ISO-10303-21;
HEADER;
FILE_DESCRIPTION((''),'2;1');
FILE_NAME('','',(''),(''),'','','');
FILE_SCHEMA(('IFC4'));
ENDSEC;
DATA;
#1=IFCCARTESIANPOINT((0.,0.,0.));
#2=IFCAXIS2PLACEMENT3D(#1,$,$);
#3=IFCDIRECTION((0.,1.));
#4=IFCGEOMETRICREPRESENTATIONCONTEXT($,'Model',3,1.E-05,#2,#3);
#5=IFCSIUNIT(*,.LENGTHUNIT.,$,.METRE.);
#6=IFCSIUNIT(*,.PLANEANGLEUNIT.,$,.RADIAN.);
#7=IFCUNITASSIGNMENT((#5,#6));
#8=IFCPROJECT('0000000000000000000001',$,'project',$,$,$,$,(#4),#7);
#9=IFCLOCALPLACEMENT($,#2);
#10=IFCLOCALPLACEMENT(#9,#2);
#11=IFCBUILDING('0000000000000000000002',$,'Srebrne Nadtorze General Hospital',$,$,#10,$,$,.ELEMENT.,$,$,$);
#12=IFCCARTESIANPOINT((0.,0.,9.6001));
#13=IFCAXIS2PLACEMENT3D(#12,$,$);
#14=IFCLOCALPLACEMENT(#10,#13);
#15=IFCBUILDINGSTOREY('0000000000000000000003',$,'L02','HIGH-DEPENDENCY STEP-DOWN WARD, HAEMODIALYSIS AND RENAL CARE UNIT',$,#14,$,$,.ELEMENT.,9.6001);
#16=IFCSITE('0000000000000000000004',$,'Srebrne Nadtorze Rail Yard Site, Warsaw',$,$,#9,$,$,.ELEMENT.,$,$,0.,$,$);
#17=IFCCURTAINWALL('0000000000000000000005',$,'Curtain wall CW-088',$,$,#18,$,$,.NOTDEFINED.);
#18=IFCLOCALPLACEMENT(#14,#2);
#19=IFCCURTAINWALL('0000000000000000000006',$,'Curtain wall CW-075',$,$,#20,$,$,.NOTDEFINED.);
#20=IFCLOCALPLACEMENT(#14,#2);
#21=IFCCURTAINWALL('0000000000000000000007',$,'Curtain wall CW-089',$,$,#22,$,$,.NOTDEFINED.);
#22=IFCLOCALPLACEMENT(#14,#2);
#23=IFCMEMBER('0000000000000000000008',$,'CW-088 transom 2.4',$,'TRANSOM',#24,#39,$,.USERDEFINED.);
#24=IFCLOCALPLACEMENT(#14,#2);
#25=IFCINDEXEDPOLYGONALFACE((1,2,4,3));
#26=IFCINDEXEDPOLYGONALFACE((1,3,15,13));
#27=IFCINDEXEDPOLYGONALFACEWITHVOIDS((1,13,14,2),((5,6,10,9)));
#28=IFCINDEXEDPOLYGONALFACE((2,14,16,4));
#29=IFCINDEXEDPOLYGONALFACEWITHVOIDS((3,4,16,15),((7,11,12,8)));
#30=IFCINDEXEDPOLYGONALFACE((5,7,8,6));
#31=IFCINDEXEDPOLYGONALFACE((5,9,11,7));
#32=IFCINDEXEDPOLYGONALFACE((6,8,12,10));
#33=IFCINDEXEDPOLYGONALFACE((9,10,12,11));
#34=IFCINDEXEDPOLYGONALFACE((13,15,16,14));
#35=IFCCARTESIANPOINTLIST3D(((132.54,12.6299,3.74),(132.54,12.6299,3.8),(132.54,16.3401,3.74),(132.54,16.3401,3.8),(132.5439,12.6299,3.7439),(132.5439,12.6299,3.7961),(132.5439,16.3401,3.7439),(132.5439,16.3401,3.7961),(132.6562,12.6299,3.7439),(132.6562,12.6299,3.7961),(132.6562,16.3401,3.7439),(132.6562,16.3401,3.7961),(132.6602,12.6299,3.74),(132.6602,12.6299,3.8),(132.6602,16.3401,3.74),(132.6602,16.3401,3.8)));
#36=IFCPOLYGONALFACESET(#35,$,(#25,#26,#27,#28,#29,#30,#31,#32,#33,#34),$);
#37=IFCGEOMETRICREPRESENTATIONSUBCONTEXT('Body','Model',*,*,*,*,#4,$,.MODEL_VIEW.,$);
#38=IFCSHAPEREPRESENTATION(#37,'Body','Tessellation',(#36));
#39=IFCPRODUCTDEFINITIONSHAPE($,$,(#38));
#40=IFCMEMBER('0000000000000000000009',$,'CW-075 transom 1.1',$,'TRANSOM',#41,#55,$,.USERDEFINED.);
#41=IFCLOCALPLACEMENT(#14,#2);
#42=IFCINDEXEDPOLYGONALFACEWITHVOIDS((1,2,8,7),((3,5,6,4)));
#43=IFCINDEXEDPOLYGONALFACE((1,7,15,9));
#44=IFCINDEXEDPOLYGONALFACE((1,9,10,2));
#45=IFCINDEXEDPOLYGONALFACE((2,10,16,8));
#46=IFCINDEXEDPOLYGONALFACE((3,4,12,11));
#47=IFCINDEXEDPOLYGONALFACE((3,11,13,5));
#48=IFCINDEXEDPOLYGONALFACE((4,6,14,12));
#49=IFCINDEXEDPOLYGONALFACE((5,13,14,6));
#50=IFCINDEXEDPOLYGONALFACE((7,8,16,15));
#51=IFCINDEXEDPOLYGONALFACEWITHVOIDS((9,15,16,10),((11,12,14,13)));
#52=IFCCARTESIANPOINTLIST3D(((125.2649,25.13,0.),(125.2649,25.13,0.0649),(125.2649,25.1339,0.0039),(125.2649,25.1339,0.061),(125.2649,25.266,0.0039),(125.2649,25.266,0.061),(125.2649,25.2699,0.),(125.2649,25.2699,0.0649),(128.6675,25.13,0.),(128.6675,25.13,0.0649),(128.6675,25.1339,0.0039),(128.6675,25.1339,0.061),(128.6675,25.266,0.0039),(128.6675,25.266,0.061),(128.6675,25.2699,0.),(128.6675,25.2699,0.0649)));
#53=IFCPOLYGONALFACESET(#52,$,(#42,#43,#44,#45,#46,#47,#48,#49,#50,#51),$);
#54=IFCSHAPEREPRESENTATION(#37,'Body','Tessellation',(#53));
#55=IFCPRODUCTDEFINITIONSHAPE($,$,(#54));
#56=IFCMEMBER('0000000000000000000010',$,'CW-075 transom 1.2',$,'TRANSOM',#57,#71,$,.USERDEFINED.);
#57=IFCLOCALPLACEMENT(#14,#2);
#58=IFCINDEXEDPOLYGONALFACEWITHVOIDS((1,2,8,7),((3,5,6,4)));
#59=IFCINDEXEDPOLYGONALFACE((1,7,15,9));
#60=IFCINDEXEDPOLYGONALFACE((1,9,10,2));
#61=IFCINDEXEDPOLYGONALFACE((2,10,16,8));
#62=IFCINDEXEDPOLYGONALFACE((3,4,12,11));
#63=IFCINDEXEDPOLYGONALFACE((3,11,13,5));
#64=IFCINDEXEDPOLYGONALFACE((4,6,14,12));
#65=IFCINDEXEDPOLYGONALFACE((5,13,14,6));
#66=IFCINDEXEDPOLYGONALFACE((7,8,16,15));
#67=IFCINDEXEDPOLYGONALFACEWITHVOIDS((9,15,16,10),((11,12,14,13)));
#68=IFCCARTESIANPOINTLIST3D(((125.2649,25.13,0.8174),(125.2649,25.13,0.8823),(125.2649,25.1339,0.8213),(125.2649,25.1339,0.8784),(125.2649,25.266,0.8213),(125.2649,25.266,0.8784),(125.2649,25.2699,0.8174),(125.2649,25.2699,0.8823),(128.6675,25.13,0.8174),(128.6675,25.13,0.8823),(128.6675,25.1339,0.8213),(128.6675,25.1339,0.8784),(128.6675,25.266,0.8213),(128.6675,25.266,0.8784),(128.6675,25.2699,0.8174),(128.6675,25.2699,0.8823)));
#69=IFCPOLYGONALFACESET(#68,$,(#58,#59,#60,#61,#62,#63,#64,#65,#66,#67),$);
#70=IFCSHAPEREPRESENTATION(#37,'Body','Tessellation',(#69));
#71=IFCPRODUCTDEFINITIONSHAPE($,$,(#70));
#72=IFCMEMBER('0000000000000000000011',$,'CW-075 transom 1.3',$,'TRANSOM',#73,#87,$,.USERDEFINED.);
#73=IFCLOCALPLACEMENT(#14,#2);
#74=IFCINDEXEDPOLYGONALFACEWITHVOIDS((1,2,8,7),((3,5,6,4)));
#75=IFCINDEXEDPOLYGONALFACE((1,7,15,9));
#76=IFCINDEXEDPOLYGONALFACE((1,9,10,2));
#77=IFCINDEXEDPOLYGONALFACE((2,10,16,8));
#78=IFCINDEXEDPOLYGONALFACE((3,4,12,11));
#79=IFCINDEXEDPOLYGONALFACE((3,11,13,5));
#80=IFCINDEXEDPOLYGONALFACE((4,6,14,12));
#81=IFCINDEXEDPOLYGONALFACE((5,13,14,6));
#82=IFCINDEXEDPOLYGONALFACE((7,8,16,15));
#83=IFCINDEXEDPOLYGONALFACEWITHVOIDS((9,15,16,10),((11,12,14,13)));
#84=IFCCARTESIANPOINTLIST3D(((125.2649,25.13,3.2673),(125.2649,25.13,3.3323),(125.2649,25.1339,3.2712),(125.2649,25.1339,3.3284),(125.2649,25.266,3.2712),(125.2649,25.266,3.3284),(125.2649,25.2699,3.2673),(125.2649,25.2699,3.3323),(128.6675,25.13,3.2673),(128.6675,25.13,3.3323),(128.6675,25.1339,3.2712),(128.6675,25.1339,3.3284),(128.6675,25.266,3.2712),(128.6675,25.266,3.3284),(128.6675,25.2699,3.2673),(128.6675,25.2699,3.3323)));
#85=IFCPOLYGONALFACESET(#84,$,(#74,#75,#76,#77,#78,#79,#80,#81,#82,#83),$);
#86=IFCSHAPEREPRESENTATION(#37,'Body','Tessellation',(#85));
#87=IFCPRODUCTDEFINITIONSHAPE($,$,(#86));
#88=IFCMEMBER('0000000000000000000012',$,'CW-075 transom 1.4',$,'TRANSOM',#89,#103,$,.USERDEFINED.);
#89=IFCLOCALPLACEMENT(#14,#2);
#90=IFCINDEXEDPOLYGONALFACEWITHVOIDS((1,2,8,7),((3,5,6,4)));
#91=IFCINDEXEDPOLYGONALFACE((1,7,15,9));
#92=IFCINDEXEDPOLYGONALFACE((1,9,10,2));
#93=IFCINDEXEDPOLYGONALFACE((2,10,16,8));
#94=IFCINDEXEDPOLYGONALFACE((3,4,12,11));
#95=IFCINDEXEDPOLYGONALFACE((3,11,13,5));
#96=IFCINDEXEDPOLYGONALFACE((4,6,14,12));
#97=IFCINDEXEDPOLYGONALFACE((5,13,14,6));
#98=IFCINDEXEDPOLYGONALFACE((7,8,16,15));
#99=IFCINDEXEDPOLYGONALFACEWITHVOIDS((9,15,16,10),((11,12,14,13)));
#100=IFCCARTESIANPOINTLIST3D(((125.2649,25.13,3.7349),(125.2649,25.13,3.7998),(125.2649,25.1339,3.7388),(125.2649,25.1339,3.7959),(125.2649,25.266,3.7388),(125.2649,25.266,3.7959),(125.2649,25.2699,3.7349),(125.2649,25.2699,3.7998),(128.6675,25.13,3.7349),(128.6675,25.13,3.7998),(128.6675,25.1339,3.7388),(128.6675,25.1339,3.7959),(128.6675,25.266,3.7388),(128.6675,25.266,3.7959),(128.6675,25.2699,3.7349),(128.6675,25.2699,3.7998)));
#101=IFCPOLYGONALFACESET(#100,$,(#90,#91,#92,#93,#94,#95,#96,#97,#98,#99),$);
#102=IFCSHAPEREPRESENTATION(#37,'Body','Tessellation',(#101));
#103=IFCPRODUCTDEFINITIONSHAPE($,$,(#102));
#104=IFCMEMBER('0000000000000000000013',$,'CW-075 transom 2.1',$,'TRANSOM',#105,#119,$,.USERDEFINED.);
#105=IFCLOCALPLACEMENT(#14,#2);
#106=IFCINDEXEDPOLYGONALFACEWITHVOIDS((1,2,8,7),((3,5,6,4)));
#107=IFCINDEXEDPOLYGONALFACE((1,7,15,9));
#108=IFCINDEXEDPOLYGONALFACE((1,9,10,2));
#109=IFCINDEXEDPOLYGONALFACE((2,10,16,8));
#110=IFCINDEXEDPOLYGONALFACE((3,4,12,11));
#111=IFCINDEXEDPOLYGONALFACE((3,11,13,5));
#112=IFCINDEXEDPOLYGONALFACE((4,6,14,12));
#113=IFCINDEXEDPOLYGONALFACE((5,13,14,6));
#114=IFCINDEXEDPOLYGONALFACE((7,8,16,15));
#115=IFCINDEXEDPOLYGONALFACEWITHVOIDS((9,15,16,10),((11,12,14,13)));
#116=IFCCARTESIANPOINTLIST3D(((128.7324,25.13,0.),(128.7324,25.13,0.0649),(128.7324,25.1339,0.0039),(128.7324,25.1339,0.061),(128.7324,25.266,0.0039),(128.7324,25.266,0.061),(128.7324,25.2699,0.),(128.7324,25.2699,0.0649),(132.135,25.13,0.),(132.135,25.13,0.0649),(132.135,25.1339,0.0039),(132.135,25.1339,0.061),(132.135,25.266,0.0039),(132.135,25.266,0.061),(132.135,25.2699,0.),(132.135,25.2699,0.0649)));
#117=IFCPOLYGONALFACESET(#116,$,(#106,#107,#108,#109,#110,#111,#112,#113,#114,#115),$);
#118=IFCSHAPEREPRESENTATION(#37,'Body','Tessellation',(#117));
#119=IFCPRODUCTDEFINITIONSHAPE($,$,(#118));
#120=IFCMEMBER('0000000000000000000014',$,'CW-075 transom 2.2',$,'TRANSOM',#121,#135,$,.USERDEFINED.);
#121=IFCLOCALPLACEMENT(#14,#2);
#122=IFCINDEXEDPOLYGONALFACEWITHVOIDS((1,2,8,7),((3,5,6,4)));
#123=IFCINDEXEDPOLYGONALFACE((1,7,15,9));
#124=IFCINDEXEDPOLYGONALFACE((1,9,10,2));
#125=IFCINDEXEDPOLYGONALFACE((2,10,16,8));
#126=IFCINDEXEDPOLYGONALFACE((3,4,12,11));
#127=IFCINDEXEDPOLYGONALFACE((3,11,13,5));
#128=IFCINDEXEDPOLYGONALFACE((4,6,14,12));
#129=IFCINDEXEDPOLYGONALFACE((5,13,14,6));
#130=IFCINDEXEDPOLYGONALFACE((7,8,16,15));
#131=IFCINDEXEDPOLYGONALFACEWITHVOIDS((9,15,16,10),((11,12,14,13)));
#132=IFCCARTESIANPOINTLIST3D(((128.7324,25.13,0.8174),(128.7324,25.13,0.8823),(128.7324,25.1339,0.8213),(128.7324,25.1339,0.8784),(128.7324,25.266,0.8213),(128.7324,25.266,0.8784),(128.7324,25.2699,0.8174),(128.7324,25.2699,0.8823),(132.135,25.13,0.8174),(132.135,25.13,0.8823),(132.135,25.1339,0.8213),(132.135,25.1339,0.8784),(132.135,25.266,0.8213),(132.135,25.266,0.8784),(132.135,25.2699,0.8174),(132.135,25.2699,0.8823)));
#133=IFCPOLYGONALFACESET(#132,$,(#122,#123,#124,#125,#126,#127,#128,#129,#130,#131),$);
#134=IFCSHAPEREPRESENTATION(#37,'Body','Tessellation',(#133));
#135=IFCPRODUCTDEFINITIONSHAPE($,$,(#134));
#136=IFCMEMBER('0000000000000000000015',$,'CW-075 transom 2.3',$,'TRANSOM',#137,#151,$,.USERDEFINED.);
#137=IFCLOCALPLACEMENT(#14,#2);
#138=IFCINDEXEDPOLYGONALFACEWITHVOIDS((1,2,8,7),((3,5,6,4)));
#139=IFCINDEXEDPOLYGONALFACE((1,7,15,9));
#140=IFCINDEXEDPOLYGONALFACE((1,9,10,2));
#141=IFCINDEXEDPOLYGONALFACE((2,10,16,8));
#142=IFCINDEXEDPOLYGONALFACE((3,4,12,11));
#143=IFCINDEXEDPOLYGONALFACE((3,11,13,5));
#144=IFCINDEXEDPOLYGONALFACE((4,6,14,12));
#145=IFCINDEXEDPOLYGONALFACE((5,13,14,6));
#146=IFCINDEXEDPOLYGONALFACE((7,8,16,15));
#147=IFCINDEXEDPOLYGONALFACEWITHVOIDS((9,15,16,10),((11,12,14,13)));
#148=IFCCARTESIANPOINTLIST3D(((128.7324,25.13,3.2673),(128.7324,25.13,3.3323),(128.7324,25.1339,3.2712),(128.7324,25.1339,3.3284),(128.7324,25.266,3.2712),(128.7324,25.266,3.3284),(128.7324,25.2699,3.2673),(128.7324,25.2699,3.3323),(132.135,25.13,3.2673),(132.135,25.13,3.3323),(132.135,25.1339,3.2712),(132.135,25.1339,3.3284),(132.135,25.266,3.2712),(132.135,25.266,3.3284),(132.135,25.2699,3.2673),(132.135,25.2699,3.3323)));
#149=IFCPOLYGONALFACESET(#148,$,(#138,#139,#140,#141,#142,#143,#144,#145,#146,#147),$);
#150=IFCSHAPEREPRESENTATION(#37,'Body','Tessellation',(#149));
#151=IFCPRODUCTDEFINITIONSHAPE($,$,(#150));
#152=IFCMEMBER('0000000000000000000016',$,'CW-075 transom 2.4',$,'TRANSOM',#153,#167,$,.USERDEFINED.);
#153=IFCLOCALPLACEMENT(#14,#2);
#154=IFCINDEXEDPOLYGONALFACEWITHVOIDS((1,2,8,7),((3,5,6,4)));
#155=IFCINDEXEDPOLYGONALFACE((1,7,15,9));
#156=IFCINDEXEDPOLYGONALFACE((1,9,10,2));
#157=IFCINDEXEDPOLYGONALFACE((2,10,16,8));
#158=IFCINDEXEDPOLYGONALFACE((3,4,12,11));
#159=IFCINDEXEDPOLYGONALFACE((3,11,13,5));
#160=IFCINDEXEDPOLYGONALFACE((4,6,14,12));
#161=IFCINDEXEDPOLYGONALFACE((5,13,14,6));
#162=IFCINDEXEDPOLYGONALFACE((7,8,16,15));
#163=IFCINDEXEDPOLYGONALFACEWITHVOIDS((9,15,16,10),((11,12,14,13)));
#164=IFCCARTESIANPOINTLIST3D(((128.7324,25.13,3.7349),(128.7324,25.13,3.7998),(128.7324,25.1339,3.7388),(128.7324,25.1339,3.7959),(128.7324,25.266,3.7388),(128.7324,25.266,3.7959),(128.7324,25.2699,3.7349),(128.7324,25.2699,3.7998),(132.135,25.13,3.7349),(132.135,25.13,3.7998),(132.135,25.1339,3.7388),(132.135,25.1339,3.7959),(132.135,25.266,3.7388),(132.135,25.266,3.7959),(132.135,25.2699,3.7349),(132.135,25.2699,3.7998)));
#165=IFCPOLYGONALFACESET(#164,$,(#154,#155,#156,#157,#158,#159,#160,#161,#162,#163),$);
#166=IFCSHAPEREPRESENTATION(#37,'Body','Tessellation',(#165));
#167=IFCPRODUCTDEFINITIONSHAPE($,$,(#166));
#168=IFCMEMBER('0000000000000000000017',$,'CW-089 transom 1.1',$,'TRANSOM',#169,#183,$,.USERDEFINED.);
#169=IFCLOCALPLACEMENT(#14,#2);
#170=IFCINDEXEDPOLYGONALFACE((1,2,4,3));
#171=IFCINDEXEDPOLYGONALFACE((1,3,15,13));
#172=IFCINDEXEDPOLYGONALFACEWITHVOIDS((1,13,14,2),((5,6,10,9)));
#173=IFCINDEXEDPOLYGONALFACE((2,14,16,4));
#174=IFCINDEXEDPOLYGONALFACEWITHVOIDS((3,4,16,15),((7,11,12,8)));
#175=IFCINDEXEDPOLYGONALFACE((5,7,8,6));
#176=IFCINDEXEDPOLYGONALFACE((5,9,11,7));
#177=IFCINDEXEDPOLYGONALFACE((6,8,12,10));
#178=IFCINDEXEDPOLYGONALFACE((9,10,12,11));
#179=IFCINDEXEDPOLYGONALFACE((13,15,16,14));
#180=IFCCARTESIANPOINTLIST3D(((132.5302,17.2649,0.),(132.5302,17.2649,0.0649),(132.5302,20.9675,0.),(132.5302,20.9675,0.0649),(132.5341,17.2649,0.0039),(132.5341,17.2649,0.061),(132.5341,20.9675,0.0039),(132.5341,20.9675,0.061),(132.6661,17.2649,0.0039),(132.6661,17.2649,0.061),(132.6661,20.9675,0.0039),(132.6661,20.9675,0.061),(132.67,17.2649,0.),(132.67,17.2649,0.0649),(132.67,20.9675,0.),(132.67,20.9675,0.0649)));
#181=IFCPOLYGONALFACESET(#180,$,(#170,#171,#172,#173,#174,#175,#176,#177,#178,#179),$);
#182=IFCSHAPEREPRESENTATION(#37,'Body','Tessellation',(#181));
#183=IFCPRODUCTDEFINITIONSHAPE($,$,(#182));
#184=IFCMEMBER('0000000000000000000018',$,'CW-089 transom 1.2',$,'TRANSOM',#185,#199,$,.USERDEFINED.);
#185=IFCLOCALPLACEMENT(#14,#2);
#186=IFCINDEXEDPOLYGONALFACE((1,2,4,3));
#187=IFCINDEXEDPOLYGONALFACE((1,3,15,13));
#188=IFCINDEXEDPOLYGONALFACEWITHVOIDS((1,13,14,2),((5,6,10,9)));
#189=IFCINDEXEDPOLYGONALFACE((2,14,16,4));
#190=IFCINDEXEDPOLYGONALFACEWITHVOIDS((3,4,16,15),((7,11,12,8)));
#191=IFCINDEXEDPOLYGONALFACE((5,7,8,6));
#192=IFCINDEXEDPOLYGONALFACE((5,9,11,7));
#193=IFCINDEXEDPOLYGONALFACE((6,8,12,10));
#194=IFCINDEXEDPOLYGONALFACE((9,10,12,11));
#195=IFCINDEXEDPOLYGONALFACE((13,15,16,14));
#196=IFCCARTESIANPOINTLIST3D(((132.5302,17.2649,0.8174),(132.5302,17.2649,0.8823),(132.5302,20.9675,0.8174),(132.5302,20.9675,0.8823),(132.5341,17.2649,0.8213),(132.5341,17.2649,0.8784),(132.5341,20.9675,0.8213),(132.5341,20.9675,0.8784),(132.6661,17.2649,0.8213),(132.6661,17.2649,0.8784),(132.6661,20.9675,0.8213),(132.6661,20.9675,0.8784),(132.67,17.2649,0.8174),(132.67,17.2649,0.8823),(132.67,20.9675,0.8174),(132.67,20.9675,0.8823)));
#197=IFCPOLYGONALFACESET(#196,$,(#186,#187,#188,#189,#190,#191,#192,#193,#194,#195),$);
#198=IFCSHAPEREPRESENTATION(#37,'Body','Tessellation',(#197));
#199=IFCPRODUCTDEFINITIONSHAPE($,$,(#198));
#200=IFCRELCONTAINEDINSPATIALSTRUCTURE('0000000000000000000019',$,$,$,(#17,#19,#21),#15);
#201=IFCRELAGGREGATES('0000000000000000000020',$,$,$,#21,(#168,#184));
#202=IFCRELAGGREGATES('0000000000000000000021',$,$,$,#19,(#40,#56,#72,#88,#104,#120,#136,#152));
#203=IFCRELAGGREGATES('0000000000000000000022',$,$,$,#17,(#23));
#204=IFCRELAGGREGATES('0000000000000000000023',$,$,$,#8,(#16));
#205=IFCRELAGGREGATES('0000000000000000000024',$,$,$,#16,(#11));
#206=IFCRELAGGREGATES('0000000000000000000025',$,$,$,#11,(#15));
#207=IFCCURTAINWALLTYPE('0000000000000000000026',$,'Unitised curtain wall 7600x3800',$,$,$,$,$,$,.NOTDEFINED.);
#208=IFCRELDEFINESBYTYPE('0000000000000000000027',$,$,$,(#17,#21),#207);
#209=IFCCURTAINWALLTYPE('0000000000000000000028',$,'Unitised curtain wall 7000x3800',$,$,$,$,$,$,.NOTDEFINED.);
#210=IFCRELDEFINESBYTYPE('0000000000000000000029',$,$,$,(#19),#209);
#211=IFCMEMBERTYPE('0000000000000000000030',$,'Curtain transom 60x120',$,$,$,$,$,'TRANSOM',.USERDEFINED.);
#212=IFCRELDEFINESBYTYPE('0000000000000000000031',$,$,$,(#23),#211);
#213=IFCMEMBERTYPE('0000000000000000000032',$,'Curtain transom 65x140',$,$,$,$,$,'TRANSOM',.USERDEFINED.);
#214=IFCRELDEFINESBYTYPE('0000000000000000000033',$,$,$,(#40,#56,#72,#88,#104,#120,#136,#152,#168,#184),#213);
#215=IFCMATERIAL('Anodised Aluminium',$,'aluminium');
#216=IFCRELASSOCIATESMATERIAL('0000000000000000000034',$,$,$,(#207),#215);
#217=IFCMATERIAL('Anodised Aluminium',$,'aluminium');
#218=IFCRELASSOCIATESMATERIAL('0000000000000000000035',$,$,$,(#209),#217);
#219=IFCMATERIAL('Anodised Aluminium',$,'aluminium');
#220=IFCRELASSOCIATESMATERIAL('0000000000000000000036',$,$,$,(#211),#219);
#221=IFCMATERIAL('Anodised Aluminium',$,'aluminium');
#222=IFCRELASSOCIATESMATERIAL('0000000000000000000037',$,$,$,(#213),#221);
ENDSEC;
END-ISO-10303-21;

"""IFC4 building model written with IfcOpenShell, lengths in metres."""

from ifc_helpers import new_model, si_unit, direction, frame, origin, origin_2d, place, context, subcontext, project, spatial, hollow_rectangle, extrude, material, material_profile, profile_set, type_object, element, aggregate, save


model = new_model("IFC4")

# Units and contexts
model_context = context("Model", 3, precision=1e-05, world=origin(), true_north=direction((0.0, 1.0)))
body_context = subcontext(model_context, "Body", "Model", "MODEL_VIEW")
ifc_project = project(units=[si_unit("LENGTHUNIT", "METRE"), si_unit("PLANEANGLEUNIT", "RADIAN")], contexts=[model_context])

# Site, building, storey
site_placement = place(None, origin())
site = spatial("IfcSite", under=ifc_project, at=site_placement, Name="Srebrne Nadtorze Rail Yard Site, Warsaw", CompositionType="ELEMENT", RefElevation=0.0)
building_placement = place(site_placement, origin())
building = spatial("IfcBuilding", under=site, at=building_placement, Name="Srebrne Nadtorze General Hospital", CompositionType="ELEMENT")
storey_placement = place(building_placement, frame((0.0, 0.0, 9.6001)))
storey = spatial("IfcBuildingStorey", under=building, at=storey_placement, Name="L02", Description="HIGH-DEPENDENCY STEP-DOWN WARD, HAEMODIALYSIS AND RENAL CARE UNIT", CompositionType="ELEMENT", Elevation=9.6001)

# Curtain walls
ifc_material_1 = material(Name="Anodised Aluminium", Category="aluminium")
curtain_wall_type_1 = type_object("IfcCurtainWallType", Name="Unitised curtain wall 7600x3800", PredefinedType="NOTDEFINED", material=ifc_material_1)
curtain_wall_1_placement = place(storey_placement, origin())
curtain_wall_1 = element("IfcCurtainWall", 1, at=curtain_wall_1_placement, inside=storey, type_object=curtain_wall_type_1, Name="Curtain wall CW-088", PredefinedType="NOTDEFINED")
ifc_material_2 = material(Name="Anodised Aluminium", Category="aluminium")
curtain_wall_type_2 = type_object("IfcCurtainWallType", Name="Unitised curtain wall 7000x3800", PredefinedType="NOTDEFINED", material=ifc_material_2)
curtain_wall_2_placement = place(storey_placement, origin())
curtain_wall_2 = element("IfcCurtainWall", 2, at=curtain_wall_2_placement, inside=storey, type_object=curtain_wall_type_2, Name="Curtain wall CW-075", PredefinedType="NOTDEFINED")

# Curtain wall
curtain_wall_3_placement = place(storey_placement, origin())
curtain_wall_3 = element("IfcCurtainWall", 3, at=curtain_wall_3_placement, inside=storey, type_object=curtain_wall_type_1, Name="Curtain wall CW-089", PredefinedType="NOTDEFINED")

# Members
ifc_material_3 = material(Name="Anodised Aluminium", Category="aluminium")
ifc_material_profile_1 = material_profile(ifc_material_3, hollow_rectangle(XDim=0.0601, YDim=0.1201, WallThickness=0.0039, at=origin_2d()), Name="AL-TRN-60x120")
ifc_profile_set_1 = profile_set([ifc_material_profile_1], Name="Anodised Aluminium")
member_type_1 = type_object("IfcMemberType", Name="Curtain transom 60x120", ElementType="TRANSOM", PredefinedType="USERDEFINED", material=ifc_profile_set_1)
member_1_placement = place(storey_placement, frame((132.6001, 12.6299, 3.77), z_axis=(0.0, 1.0, 0.0), x_axis=(0.0, 0.0, 1.0)))
member_1 = element("IfcMember", 4, at=member_1_placement, type_object=member_type_1, Name="CW-088 transom 2.4", ObjectType="TRANSOM", PredefinedType="USERDEFINED", context=body_context, shape_type="SweptSolid", body=[
    extrude(hollow_rectangle(XDim=0.0601, YDim=0.1201, WallThickness=0.0039, at=origin_2d()), origin(), (0.0, 0.0, 1.0), 3.7102),
])
ifc_material_4 = material(Name="Anodised Aluminium", Category="aluminium")
ifc_material_profile_2 = material_profile(ifc_material_4, hollow_rectangle(XDim=0.0649, YDim=0.1399, WallThickness=0.0039, at=origin_2d()), Name="AL-TRN-65x140")
ifc_profile_set_2 = profile_set([ifc_material_profile_2], Name="Anodised Aluminium")
member_type_2 = type_object("IfcMemberType", Name="Curtain transom 65x140", ElementType="TRANSOM", PredefinedType="USERDEFINED", material=ifc_profile_set_2)
member_2_placement = place(storey_placement, frame((125.2649, 25.2, 0.0325), z_axis=(1.0, 0.0, 0.0), x_axis=(0.0, 0.0, 1.0)))
member_2 = element("IfcMember", 5, at=member_2_placement, type_object=member_type_2, Name="CW-075 transom 1.1", ObjectType="TRANSOM", PredefinedType="USERDEFINED", context=body_context, shape_type="SweptSolid", body=[
    extrude(hollow_rectangle(XDim=0.0649, YDim=0.1399, WallThickness=0.0039, at=origin_2d()), origin(), (0.0, 0.0, 1.0), 3.4026),
])
member_3_placement = place(storey_placement, frame((125.2649, 25.2, 0.8499), z_axis=(1.0, 0.0, 0.0), x_axis=(0.0, 0.0, 1.0)))
member_3 = element("IfcMember", 6, at=member_3_placement, type_object=member_type_2, Name="CW-075 transom 1.2", ObjectType="TRANSOM", PredefinedType="USERDEFINED", context=body_context, shape_type="SweptSolid", body=[
    extrude(hollow_rectangle(XDim=0.0649, YDim=0.1399, WallThickness=0.0039, at=origin_2d()), origin(), (0.0, 0.0, 1.0), 3.4026),
])
member_4_placement = place(storey_placement, frame((125.2649, 25.2, 3.2998), z_axis=(1.0, 0.0, 0.0), x_axis=(0.0, 0.0, 1.0)))
member_4 = element("IfcMember", 7, at=member_4_placement, type_object=member_type_2, Name="CW-075 transom 1.3", ObjectType="TRANSOM", PredefinedType="USERDEFINED", context=body_context, shape_type="SweptSolid", body=[
    extrude(hollow_rectangle(XDim=0.0649, YDim=0.1399, WallThickness=0.0039, at=origin_2d()), origin(), (0.0, 0.0, 1.0), 3.4026),
])
member_5_placement = place(storey_placement, frame((125.2649, 25.2, 3.7673), z_axis=(1.0, 0.0, 0.0), x_axis=(0.0, 0.0, 1.0)))
member_5 = element("IfcMember", 8, at=member_5_placement, type_object=member_type_2, Name="CW-075 transom 1.4", ObjectType="TRANSOM", PredefinedType="USERDEFINED", context=body_context, shape_type="SweptSolid", body=[
    extrude(hollow_rectangle(XDim=0.0649, YDim=0.1399, WallThickness=0.0039, at=origin_2d()), origin(), (0.0, 0.0, 1.0), 3.4026),
])
member_6_placement = place(storey_placement, frame((128.7324, 25.2, 0.0325), z_axis=(1.0, 0.0, 0.0), x_axis=(0.0, 0.0, 1.0)))
member_6 = element("IfcMember", 9, at=member_6_placement, type_object=member_type_2, Name="CW-075 transom 2.1", ObjectType="TRANSOM", PredefinedType="USERDEFINED", context=body_context, shape_type="SweptSolid", body=[
    extrude(hollow_rectangle(XDim=0.0649, YDim=0.1399, WallThickness=0.0039, at=origin_2d()), origin(), (0.0, 0.0, 1.0), 3.4026),
])
member_7_placement = place(storey_placement, frame((128.7324, 25.2, 0.8499), z_axis=(1.0, 0.0, 0.0), x_axis=(0.0, 0.0, 1.0)))
member_7 = element("IfcMember", 10, at=member_7_placement, type_object=member_type_2, Name="CW-075 transom 2.2", ObjectType="TRANSOM", PredefinedType="USERDEFINED", context=body_context, shape_type="SweptSolid", body=[
    extrude(hollow_rectangle(XDim=0.0649, YDim=0.1399, WallThickness=0.0039, at=origin_2d()), origin(), (0.0, 0.0, 1.0), 3.4026),
])
member_8_placement = place(storey_placement, frame((128.7324, 25.2, 3.2998), z_axis=(1.0, 0.0, 0.0), x_axis=(0.0, 0.0, 1.0)))
member_8 = element("IfcMember", 11, at=member_8_placement, type_object=member_type_2, Name="CW-075 transom 2.3", ObjectType="TRANSOM", PredefinedType="USERDEFINED", context=body_context, shape_type="SweptSolid", body=[
    extrude(hollow_rectangle(XDim=0.0649, YDim=0.1399, WallThickness=0.0039, at=origin_2d()), origin(), (0.0, 0.0, 1.0), 3.4026),
])
member_9_placement = place(storey_placement, frame((128.7324, 25.2, 3.7673), z_axis=(1.0, 0.0, 0.0), x_axis=(0.0, 0.0, 1.0)))
member_9 = element("IfcMember", 12, at=member_9_placement, type_object=member_type_2, Name="CW-075 transom 2.4", ObjectType="TRANSOM", PredefinedType="USERDEFINED", context=body_context, shape_type="SweptSolid", body=[
    extrude(hollow_rectangle(XDim=0.0649, YDim=0.1399, WallThickness=0.0039, at=origin_2d()), origin(), (0.0, 0.0, 1.0), 3.4026),
])
member_10_placement = place(storey_placement, frame((132.6001, 17.2649, 0.0325), z_axis=(0.0, 1.0, 0.0), x_axis=(0.0, 0.0, 1.0)))
member_10 = element("IfcMember", 13, at=member_10_placement, type_object=member_type_2, Name="CW-089 transom 1.1", ObjectType="TRANSOM", PredefinedType="USERDEFINED", context=body_context, shape_type="SweptSolid", body=[
    extrude(hollow_rectangle(XDim=0.0649, YDim=0.1399, WallThickness=0.0039, at=origin_2d()), origin(), (0.0, 0.0, 1.0), 3.7026),
])
member_11_placement = place(storey_placement, frame((132.6001, 17.2649, 0.8499), z_axis=(0.0, 1.0, 0.0), x_axis=(0.0, 0.0, 1.0)))
member_11 = element("IfcMember", 14, at=member_11_placement, type_object=member_type_2, Name="CW-089 transom 1.2", ObjectType="TRANSOM", PredefinedType="USERDEFINED", context=body_context, shape_type="SweptSolid", body=[
    extrude(hollow_rectangle(XDim=0.0649, YDim=0.1399, WallThickness=0.0039, at=origin_2d()), origin(), (0.0, 0.0, 1.0), 3.7026),
])
aggregate(curtain_wall_3, [member_10, member_11])

aggregate(curtain_wall_2, [member_2, member_3, member_4, member_5, member_6, member_7, member_8, member_9])
aggregate(curtain_wall_1, [member_1])

save(model, "model.ifc")
